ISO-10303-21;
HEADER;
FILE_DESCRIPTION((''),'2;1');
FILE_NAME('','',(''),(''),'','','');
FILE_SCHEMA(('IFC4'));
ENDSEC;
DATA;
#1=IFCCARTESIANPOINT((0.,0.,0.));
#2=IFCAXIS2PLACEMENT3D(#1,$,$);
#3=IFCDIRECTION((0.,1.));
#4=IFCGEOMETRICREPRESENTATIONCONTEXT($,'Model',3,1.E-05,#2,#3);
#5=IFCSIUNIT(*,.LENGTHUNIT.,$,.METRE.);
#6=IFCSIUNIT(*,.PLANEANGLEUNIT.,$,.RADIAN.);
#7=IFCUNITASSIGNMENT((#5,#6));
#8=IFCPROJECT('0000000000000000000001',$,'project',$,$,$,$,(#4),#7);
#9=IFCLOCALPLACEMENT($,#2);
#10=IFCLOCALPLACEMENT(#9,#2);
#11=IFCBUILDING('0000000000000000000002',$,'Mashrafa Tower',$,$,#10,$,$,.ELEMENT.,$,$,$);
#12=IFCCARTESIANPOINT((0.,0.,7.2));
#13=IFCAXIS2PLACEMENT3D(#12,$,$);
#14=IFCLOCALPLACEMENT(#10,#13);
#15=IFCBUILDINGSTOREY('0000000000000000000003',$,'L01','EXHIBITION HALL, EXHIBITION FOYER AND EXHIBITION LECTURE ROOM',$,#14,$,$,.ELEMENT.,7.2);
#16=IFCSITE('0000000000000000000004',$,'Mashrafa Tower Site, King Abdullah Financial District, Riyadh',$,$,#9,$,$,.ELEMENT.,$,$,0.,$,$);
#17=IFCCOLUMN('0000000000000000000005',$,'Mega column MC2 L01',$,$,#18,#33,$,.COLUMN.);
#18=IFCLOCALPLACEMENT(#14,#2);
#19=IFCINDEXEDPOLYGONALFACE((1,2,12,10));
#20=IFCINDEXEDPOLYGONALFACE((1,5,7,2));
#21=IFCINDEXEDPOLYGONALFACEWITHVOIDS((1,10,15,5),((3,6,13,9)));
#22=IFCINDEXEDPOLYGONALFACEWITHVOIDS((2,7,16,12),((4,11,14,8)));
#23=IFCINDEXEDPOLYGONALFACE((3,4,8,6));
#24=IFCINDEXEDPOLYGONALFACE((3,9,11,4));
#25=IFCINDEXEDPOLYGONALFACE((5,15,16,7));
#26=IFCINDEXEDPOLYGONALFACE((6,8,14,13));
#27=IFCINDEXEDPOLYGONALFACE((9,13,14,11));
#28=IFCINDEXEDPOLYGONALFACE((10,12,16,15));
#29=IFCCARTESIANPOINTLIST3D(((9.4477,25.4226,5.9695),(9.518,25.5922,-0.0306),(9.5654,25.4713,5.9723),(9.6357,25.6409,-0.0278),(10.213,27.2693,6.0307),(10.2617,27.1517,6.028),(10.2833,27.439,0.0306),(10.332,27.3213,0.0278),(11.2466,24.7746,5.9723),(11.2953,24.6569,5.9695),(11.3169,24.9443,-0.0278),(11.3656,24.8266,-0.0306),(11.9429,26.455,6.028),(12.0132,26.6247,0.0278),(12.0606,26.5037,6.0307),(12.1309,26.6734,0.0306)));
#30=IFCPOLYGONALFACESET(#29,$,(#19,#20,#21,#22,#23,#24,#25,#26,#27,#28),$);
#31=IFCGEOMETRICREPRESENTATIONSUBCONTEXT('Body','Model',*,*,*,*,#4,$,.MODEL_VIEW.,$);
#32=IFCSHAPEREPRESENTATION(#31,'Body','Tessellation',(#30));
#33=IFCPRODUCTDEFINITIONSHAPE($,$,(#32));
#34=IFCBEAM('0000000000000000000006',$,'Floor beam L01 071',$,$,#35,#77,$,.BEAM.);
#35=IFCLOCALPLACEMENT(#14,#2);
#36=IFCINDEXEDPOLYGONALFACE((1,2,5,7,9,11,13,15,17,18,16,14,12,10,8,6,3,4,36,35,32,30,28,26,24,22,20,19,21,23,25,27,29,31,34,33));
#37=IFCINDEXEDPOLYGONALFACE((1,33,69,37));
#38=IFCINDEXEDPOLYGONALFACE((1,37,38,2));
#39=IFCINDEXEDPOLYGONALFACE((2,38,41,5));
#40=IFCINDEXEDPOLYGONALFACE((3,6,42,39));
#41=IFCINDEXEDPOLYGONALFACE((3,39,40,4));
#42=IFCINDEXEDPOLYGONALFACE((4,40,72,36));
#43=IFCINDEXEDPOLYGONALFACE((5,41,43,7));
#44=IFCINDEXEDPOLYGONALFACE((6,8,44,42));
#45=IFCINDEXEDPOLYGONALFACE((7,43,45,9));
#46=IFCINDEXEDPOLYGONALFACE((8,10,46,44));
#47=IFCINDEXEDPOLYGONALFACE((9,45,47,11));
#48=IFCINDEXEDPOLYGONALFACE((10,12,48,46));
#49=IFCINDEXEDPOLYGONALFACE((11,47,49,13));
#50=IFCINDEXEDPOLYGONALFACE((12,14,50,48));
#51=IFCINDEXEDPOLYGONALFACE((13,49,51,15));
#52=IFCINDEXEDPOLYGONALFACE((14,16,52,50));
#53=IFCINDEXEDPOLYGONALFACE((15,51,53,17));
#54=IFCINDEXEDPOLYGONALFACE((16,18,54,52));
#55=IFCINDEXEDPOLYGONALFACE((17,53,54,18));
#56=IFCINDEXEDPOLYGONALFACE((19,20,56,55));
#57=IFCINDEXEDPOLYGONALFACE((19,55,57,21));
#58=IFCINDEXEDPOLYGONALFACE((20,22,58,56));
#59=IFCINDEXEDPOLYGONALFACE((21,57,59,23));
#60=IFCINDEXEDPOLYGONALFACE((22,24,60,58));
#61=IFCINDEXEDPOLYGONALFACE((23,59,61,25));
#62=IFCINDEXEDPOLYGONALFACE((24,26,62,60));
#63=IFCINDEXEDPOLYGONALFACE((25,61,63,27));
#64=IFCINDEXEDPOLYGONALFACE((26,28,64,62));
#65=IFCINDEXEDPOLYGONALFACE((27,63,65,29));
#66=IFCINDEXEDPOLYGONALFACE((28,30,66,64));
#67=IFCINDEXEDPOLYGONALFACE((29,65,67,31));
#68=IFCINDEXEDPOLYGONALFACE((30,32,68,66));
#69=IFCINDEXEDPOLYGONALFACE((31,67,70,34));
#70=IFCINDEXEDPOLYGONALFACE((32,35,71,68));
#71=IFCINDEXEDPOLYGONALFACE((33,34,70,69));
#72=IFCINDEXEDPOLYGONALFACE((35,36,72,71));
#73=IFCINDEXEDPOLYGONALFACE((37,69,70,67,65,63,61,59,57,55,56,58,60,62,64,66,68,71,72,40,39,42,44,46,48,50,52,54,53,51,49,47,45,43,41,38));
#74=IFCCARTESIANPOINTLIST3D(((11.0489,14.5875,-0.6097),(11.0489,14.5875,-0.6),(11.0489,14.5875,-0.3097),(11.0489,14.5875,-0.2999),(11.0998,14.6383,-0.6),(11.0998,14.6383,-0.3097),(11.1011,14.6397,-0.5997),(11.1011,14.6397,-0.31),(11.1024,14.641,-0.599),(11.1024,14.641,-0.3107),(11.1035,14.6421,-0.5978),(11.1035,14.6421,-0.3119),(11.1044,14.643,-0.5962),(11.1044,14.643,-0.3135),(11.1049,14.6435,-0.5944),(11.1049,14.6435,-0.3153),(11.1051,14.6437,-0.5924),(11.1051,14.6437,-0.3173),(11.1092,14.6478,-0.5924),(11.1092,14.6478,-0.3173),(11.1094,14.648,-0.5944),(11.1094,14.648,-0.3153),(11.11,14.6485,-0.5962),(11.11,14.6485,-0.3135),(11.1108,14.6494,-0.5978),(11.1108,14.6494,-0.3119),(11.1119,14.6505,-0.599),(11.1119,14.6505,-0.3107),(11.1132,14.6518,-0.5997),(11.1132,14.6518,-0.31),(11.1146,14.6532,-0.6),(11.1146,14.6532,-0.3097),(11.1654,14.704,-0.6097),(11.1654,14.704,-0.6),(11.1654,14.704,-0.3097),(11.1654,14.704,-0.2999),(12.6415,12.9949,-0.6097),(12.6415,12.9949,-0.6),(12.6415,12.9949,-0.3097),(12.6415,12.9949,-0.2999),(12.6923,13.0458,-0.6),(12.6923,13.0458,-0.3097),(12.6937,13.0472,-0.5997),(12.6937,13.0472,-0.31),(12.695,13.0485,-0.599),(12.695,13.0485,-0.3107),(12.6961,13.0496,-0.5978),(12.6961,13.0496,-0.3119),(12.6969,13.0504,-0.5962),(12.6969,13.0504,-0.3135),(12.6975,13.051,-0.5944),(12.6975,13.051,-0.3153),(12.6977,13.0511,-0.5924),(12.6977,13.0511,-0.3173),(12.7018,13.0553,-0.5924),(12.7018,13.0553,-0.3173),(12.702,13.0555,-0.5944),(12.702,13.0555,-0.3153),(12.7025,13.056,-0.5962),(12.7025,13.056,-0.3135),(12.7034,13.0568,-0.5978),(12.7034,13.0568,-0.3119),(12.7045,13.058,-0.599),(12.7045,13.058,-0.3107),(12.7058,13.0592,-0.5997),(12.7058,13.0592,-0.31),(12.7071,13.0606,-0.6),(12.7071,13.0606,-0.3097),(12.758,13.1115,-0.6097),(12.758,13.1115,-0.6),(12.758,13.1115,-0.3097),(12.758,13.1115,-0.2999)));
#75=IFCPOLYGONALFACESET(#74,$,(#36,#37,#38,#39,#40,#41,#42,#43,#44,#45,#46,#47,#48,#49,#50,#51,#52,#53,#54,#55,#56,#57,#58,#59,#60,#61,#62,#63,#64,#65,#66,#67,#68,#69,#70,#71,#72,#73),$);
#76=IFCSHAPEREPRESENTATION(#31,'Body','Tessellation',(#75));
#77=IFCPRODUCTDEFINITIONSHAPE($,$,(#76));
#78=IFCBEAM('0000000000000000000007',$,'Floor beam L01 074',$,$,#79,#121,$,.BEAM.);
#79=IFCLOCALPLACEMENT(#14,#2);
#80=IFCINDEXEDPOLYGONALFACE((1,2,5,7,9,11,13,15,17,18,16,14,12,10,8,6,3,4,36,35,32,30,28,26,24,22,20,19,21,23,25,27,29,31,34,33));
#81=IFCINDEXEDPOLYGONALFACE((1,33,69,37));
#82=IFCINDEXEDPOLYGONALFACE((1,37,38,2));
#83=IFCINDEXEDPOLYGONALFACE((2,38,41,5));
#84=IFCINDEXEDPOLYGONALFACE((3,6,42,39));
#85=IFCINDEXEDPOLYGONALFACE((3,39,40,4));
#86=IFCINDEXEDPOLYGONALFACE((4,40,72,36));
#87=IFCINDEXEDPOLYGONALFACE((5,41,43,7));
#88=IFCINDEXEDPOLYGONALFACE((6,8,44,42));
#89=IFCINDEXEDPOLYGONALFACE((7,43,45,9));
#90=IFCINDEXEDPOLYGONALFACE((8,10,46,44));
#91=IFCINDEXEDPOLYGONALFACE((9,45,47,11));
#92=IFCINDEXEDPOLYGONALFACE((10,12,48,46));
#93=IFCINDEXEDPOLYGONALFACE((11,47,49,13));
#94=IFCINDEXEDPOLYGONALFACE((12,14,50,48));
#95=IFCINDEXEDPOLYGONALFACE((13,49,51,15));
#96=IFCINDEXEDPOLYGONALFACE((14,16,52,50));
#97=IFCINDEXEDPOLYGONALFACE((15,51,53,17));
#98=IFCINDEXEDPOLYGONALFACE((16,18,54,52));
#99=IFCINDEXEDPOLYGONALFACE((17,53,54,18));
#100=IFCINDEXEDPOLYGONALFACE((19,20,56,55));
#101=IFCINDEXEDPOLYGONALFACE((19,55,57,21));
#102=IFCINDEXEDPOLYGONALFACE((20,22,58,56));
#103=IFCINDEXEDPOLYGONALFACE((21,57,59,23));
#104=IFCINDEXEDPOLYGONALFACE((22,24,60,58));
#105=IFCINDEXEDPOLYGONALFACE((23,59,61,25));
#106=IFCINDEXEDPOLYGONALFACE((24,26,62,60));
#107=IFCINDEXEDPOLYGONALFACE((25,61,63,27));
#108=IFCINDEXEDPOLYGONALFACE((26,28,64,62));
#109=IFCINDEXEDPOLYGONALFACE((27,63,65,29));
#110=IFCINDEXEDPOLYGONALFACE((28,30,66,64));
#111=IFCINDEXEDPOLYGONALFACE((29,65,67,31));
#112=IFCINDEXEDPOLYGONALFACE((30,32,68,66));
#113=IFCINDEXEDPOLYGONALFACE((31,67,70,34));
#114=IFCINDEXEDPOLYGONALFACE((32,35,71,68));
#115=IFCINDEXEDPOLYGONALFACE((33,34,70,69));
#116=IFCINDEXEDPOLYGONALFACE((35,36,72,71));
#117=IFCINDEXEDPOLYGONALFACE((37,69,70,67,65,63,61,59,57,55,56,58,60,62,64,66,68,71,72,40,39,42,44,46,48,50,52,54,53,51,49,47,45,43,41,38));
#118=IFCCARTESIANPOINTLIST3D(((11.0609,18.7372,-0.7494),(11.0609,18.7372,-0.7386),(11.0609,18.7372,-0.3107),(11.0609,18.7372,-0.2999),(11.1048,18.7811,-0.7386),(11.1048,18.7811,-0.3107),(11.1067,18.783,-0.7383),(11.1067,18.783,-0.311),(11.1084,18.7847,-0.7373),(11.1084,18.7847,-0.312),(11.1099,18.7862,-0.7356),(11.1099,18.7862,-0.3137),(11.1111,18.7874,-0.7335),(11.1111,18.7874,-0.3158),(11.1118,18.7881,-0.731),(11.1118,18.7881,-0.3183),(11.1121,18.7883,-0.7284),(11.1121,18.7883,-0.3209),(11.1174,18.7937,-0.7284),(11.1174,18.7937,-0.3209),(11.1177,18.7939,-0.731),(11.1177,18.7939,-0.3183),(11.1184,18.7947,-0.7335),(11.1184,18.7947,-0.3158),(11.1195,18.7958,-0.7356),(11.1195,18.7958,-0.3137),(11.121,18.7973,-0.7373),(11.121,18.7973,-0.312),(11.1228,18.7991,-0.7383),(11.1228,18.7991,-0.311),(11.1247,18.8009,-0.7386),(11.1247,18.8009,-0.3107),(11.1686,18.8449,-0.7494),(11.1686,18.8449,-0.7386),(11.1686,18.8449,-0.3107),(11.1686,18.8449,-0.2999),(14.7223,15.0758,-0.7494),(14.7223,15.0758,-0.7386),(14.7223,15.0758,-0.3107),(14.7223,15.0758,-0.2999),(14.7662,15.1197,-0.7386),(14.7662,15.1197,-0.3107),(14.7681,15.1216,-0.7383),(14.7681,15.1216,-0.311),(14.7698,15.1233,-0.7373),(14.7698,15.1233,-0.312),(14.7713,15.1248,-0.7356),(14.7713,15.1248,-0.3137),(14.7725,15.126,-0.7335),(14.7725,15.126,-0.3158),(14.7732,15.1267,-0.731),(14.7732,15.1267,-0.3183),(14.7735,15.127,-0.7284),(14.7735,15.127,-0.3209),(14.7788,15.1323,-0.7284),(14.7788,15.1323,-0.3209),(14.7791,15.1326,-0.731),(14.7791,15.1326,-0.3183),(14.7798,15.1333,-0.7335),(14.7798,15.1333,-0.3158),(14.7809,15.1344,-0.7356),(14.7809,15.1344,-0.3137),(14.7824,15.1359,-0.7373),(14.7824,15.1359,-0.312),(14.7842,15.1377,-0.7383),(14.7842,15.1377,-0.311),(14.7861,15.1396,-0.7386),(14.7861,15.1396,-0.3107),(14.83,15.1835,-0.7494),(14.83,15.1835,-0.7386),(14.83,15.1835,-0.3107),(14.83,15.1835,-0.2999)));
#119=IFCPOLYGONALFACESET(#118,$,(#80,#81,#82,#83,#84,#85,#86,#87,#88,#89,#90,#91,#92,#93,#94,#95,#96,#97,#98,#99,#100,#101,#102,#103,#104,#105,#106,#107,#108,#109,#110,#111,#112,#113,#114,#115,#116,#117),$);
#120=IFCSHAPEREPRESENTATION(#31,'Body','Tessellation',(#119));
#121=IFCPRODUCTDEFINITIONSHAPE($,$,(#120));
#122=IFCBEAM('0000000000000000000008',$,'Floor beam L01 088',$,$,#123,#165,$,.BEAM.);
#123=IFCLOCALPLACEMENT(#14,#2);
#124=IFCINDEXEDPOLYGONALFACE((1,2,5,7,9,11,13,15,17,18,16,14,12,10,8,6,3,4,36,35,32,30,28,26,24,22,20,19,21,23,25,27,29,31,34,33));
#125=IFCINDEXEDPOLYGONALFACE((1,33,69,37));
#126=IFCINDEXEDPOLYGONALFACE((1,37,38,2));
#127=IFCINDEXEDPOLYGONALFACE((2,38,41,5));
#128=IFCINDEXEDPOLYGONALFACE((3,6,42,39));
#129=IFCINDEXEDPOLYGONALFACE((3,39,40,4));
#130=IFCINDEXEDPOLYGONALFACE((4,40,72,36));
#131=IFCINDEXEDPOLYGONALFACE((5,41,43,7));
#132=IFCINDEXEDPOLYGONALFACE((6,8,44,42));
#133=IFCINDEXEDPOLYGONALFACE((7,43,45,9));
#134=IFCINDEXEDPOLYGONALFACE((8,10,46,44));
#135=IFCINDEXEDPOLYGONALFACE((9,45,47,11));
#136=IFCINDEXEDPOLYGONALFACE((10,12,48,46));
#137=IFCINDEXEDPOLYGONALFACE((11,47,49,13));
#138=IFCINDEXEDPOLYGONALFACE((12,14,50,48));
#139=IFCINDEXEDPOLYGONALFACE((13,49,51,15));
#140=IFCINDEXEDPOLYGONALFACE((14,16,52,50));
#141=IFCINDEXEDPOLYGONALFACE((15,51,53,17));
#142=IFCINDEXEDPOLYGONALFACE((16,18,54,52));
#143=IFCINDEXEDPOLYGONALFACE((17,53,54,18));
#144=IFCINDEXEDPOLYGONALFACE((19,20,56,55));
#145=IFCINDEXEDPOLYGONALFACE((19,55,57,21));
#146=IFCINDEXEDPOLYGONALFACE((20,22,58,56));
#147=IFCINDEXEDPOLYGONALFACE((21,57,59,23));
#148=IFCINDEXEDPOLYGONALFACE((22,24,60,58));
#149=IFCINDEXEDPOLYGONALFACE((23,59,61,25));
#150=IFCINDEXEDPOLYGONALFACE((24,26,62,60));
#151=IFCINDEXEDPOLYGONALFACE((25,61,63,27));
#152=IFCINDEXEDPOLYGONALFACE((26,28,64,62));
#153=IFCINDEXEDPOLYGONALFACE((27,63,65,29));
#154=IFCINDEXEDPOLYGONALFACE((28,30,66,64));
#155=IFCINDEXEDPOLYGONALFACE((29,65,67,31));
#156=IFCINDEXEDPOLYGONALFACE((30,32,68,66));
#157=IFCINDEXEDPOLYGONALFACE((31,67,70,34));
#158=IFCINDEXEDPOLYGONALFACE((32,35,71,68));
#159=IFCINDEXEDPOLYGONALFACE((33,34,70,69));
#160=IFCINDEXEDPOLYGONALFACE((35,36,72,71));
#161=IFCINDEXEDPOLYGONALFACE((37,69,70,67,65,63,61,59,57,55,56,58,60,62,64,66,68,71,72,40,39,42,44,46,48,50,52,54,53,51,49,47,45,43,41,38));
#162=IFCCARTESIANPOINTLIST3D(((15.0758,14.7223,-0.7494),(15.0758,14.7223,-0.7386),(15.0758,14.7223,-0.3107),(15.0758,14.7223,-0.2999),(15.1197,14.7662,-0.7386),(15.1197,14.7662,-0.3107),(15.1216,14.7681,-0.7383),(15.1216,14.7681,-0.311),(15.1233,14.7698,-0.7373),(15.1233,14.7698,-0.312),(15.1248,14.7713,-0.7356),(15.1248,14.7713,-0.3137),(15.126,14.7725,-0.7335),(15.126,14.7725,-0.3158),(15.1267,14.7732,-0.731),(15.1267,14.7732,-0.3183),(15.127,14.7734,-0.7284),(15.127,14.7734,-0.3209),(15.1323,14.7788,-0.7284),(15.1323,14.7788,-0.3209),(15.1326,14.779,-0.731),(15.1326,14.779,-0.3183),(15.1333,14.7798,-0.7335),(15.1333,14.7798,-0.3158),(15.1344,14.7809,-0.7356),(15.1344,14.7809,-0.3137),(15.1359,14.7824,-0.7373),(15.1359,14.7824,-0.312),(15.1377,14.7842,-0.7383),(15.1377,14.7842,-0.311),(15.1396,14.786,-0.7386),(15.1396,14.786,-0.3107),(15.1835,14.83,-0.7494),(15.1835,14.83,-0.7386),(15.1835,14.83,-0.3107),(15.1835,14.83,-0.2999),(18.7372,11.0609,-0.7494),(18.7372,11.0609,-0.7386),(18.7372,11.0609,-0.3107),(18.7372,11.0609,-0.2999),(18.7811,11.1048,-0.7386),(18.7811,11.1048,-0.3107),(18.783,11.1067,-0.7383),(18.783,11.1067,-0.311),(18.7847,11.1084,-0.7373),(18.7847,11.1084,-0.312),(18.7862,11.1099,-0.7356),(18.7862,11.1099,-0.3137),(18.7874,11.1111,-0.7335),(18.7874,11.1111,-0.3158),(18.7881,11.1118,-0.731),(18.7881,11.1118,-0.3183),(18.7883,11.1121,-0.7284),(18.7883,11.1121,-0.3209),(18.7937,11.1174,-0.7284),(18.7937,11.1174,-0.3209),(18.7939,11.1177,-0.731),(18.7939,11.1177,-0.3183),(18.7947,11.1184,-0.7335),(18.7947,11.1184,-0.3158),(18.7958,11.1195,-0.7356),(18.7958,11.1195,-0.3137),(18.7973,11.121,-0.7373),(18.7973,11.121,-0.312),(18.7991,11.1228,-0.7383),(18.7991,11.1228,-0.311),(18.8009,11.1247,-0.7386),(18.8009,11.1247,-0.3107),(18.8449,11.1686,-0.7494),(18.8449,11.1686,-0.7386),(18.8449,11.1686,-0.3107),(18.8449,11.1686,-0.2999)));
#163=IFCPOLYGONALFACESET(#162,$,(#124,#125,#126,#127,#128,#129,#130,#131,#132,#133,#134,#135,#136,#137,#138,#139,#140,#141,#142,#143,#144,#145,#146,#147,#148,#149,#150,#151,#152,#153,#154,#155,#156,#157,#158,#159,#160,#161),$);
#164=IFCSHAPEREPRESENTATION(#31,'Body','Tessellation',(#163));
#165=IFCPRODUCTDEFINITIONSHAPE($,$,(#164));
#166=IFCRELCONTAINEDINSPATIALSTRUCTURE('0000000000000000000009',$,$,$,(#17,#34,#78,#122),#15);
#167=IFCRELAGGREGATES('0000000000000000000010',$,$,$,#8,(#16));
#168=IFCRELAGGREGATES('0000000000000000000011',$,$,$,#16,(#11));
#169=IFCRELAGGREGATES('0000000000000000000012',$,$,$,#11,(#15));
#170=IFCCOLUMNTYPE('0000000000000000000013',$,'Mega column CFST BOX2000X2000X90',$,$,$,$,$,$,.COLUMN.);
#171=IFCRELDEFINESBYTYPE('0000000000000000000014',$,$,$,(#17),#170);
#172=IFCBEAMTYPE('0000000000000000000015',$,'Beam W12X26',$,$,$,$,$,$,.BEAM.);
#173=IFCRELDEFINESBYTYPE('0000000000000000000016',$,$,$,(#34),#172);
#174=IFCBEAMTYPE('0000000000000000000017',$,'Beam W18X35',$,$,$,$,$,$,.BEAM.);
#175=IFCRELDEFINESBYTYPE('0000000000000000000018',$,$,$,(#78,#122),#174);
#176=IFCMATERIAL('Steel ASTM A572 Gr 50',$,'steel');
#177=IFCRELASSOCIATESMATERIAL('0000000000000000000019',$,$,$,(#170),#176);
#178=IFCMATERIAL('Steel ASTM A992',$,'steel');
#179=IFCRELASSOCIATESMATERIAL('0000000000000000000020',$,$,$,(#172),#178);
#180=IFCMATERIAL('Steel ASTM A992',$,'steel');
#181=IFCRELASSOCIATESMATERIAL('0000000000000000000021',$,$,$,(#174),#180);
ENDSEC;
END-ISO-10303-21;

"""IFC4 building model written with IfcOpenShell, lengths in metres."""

from ifc_helpers import new_model, si_unit, direction, frame, origin, origin_2d, place, context, subcontext, project, spatial, hollow_rectangle, i_section, extrude, material, material_profile, profile_set, type_object, element, save


model = new_model("IFC4")

# Units and contexts
model_context = context("Model", 3, precision=1e-05, world=origin(), true_north=direction((0.0, 1.0)))
body_context = subcontext(model_context, "Body", "Model", "MODEL_VIEW")
ifc_project = project(units=[si_unit("LENGTHUNIT", "METRE"), si_unit("PLANEANGLEUNIT", "RADIAN")], contexts=[model_context])

# Site, building, storey
site_placement = place(None, origin())
site = spatial("IfcSite", under=ifc_project, at=site_placement, Name="Mashrafa Tower Site, King Abdullah Financial District, Riyadh", CompositionType="ELEMENT", RefElevation=0.0)
building_placement = place(site_placement, origin())
building = spatial("IfcBuilding", under=site, at=building_placement, Name="Mashrafa Tower", CompositionType="ELEMENT")
storey_placement = place(building_placement, frame((0.0, 0.0, 7.2)))
storey = spatial("IfcBuildingStorey", under=building, at=storey_placement, Name="L01", Description="EXHIBITION HALL, EXHIBITION FOYER AND EXHIBITION LECTURE ROOM", CompositionType="ELEMENT", Elevation=7.2)

# Column
ifc_material_1 = material(Name="Steel ASTM A572 Gr 50", Category="steel")
ifc_material_profile_1 = material_profile(ifc_material_1, hollow_rectangle(XDim=2.0, YDim=2.0, WallThickness=0.0901, at=origin_2d()), Name="BOX2000X2000X90")
ifc_profile_set_1 = profile_set([ifc_material_profile_1], Name="Steel ASTM A572 Gr 50")
column_type = type_object("IfcColumnType", Name="Mega column CFST BOX2000X2000X90", PredefinedType="COLUMN", material=ifc_profile_set_1)
column_placement = place(storey_placement, frame((10.8245, 26.1328, 0.0), z_axis=(-0.011713, -0.028266, 0.999532), x_axis=(0.923822, -0.382821, 0.0)))
element("IfcColumn", 1, at=column_placement, inside=storey, type_object=column_type, Name="Mega column MC2 L01", PredefinedType="COLUMN", context=body_context, shape_type="SweptSolid", body=[
    extrude(hollow_rectangle(XDim=2.0, YDim=2.0, WallThickness=0.0901, at=origin_2d()), origin(), (0.0, 0.0, 1.0), 6.0029),
])

# Beams
ifc_material_2 = material(Name="Steel ASTM A992", Category="steel")
ifc_material_profile_2 = material_profile(ifc_material_2, i_section(OverallWidth=0.1648, OverallDepth=0.3098, WebThickness=0.0059, FlangeThickness=0.0098, FilletRadius=0.0076, at=origin_2d()), Name="W12X26")
ifc_profile_set_2 = profile_set([ifc_material_profile_2], Name="Steel ASTM A992")
beam_type_1 = type_object("IfcBeamType", Name="Beam W12X26", PredefinedType="BEAM", material=ifc_profile_set_2)
beam_1_placement = place(storey_placement, frame((11.1072, 14.6458, -0.4548), z_axis=(0.707107, -0.707107, 0.0), x_axis=(0.707107, 0.707107, 0.0)))
element("IfcBeam", 2, at=beam_1_placement, inside=storey, type_object=beam_type_1, Name="Floor beam L01 071", PredefinedType="BEAM", context=body_context, shape_type="SweptSolid", body=[
    extrude(i_section(OverallWidth=0.1648, OverallDepth=0.3098, WebThickness=0.0059, FlangeThickness=0.0098, FilletRadius=0.0076, at=origin_2d()), origin(), (0.0, 0.0, 1.0), 2.2522),
])
ifc_material_3 = material(Name="Steel ASTM A992", Category="steel")
ifc_material_profile_3 = material_profile(ifc_material_3, i_section(OverallWidth=0.1523, OverallDepth=0.4495, WebThickness=0.0076, FlangeThickness=0.0107, FilletRadius=0.0103, at=origin_2d()), Name="W18X35")
ifc_profile_set_3 = profile_set([ifc_material_profile_3], Name="Steel ASTM A992")
beam_type_2 = type_object("IfcBeamType", Name="Beam W18X35", PredefinedType="BEAM", material=ifc_profile_set_3)
for number, where, z_axis, x_axis, name in (
    (3, (11.1147, 18.791, -0.5247), (0.707107, -0.707107, 0.0), (0.707107, 0.707107, 0.0), "Floor beam L01 074"),
    (4, (15.1296, 14.7761, -0.5247), (0.707107, -0.707107, 0.0), (0.707107, 0.707107, 0.0), "Floor beam L01 088"),
):
    element("IfcBeam", number, at=place(storey_placement, frame(where, z_axis=z_axis, x_axis=x_axis)), inside=storey, type_object=beam_type_2, Name=name, PredefinedType="BEAM", context=body_context, shape_type="SweptSolid", body=[
        extrude(i_section(OverallWidth=0.1523, OverallDepth=0.4495, WebThickness=0.0076, FlangeThickness=0.0107, FilletRadius=0.0103, at=origin_2d()), origin(), (0.0, 0.0, 1.0), 5.178),
    ])

save(model, "model.ifc")
